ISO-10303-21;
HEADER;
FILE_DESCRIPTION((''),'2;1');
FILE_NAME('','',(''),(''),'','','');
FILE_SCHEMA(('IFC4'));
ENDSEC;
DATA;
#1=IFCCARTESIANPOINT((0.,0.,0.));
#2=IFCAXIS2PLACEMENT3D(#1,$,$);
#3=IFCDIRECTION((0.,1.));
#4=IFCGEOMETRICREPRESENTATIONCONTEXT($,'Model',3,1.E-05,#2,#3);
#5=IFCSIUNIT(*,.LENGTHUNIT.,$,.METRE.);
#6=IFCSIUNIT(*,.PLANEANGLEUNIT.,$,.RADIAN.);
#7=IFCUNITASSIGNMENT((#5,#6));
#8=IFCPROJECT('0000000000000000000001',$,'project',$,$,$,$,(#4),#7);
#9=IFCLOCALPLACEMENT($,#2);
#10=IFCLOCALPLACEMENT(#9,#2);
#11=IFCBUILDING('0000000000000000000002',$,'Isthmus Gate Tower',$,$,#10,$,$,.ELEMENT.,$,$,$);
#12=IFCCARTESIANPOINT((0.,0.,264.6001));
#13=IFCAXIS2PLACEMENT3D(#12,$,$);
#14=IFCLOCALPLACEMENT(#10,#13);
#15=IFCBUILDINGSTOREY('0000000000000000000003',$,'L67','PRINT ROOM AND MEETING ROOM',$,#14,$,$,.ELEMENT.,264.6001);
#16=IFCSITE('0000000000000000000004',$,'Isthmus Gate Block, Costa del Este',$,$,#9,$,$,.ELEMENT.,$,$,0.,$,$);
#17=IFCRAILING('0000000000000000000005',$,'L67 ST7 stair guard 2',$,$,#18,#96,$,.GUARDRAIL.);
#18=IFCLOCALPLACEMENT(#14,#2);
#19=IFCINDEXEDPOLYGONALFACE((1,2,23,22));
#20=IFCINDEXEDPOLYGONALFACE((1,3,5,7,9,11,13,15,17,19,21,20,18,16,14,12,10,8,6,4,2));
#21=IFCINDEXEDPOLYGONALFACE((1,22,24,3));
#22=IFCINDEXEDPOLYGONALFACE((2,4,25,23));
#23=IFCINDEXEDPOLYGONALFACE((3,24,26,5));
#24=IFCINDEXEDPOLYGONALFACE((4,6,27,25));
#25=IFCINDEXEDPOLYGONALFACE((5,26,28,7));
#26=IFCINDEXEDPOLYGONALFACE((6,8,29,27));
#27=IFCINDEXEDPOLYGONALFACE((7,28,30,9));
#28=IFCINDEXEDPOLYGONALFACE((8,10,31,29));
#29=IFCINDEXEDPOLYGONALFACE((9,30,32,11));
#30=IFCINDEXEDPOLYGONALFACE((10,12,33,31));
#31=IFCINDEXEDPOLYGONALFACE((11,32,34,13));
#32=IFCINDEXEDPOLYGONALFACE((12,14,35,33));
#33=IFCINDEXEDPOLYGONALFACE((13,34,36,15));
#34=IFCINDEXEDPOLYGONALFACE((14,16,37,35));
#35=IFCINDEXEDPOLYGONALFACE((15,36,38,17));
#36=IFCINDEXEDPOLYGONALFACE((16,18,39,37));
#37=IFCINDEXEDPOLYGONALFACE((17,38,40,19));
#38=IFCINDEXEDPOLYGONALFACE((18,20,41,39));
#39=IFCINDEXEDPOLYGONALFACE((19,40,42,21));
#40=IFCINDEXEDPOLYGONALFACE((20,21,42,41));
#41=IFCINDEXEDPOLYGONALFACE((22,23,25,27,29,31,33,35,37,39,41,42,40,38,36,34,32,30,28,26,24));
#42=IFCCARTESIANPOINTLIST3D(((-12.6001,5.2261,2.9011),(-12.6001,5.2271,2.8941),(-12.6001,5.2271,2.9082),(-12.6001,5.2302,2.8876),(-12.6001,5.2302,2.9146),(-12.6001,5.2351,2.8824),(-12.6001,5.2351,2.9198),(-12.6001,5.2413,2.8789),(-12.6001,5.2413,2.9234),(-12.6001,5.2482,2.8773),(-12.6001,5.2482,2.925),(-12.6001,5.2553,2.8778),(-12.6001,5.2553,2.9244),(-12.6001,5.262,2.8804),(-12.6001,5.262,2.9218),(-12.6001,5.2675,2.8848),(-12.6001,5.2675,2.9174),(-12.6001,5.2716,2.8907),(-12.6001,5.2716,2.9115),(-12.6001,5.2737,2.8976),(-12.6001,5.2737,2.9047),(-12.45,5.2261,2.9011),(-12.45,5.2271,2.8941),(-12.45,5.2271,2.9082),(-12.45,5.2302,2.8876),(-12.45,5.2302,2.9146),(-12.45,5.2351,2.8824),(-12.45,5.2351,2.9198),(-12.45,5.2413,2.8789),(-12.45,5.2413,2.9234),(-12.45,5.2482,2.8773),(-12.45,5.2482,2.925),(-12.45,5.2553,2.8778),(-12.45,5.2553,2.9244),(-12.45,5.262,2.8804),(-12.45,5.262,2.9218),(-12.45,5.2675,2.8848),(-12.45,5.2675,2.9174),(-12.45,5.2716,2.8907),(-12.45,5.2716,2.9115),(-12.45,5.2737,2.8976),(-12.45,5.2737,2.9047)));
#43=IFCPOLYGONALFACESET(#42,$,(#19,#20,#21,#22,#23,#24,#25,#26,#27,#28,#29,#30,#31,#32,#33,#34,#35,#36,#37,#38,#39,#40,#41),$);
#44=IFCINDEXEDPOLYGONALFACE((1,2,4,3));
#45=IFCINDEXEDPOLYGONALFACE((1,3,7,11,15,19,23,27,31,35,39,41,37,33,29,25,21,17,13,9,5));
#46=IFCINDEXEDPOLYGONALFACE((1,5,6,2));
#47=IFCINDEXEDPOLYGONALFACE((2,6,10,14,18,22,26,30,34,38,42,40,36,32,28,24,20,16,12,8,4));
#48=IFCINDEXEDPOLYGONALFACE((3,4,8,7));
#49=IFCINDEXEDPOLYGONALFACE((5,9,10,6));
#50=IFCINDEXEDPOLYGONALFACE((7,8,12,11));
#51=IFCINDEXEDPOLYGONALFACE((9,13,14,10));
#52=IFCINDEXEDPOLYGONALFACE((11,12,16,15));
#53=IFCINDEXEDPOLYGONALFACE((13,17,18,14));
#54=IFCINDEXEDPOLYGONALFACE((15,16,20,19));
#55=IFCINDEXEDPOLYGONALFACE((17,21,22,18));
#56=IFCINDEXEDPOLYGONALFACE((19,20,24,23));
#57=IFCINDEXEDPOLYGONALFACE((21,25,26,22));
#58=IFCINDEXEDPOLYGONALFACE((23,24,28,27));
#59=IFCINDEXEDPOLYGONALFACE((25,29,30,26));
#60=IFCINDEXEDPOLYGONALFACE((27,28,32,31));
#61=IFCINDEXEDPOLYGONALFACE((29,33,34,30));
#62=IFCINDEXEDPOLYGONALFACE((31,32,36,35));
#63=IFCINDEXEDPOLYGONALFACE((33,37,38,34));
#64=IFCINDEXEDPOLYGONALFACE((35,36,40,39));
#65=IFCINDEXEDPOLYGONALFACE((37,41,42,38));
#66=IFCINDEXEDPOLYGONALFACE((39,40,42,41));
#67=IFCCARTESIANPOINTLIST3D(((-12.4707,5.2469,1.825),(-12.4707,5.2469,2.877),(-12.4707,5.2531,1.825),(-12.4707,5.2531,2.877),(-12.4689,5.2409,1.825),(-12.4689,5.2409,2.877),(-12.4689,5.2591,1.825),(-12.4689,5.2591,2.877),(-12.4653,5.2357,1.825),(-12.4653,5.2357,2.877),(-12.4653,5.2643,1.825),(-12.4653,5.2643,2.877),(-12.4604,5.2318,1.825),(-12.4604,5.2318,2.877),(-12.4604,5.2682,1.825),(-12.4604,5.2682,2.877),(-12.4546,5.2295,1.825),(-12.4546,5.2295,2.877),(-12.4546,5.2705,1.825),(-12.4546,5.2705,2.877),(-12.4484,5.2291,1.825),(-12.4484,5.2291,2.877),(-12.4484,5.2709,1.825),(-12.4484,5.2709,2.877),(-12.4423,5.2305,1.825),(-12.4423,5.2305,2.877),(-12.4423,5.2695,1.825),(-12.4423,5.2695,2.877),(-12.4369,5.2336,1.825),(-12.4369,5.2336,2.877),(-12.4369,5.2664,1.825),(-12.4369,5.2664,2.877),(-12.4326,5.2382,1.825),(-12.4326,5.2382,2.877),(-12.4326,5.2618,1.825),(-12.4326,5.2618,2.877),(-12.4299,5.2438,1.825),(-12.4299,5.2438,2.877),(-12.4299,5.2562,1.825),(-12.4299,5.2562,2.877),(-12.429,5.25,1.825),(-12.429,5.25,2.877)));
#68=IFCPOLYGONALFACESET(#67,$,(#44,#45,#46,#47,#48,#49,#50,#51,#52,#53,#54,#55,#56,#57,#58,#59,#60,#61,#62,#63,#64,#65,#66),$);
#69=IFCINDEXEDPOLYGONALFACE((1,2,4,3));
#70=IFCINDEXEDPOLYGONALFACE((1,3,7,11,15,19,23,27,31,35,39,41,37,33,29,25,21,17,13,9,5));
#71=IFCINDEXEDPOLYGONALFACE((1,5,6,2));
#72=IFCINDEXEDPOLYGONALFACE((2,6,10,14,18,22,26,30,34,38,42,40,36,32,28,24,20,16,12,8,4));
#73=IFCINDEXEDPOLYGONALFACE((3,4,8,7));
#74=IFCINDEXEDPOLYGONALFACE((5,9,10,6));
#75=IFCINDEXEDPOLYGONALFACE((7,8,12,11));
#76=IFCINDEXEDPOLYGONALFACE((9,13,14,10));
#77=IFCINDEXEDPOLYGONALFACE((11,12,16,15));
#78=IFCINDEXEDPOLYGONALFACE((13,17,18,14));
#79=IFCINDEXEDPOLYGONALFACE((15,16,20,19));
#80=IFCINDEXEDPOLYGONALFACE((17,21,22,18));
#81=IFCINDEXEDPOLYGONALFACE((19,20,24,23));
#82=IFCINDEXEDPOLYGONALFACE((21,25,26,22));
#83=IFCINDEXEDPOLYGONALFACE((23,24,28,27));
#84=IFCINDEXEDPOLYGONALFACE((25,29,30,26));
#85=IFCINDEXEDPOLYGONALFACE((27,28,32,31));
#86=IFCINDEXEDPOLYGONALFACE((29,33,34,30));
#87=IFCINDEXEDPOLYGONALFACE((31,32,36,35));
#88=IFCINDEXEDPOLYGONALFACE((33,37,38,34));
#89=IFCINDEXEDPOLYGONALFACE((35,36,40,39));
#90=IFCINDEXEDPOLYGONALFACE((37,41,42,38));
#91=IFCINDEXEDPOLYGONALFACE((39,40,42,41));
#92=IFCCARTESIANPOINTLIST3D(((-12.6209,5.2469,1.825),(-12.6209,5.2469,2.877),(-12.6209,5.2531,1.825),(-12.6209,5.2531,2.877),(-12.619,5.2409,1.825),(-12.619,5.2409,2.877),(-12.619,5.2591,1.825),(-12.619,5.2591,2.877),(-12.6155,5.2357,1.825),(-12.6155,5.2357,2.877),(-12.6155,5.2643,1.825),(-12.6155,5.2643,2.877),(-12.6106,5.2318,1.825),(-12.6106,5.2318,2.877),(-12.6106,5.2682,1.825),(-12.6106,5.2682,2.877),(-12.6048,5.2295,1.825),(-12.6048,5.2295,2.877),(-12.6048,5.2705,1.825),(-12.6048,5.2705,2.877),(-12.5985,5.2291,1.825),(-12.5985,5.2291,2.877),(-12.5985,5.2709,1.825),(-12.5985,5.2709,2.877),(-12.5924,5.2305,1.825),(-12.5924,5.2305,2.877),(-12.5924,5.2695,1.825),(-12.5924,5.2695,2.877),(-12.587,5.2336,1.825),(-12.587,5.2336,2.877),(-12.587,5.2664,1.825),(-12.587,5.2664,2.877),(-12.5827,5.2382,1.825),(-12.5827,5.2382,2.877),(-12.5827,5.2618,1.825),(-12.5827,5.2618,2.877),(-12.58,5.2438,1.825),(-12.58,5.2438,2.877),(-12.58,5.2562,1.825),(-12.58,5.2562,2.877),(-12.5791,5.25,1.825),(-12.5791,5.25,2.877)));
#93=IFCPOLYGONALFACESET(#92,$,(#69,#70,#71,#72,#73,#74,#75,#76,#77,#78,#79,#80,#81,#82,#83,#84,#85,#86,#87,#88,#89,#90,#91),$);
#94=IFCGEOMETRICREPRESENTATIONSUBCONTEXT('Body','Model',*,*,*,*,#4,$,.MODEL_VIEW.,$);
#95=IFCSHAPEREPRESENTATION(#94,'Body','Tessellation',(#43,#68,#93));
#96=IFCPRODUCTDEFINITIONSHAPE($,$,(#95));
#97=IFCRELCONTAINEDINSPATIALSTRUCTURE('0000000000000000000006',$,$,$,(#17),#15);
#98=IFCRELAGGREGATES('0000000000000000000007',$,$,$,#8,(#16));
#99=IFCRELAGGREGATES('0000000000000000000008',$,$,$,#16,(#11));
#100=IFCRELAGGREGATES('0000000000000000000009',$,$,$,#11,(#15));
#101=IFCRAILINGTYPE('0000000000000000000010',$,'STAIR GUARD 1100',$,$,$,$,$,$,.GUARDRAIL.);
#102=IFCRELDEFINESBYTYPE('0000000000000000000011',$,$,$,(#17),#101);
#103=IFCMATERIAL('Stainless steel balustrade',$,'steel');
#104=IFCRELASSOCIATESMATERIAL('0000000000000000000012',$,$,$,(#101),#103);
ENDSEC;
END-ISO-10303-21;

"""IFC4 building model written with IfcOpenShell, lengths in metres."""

from ifc_helpers import new_model, si_unit, direction, frame, origin, origin_2d, place, context, subcontext, project, spatial, circle, extrude, material, type_object, element, save


model = new_model("IFC4")

# Units and contexts
model_context = context("Model", 3, precision=1e-05, world=origin(), true_north=direction((0.0, 1.0)))
body_context = subcontext(model_context, "Body", "Model", "MODEL_VIEW")
ifc_project = project(units=[si_unit("LENGTHUNIT", "METRE"), si_unit("PLANEANGLEUNIT", "RADIAN")], contexts=[model_context])

# Site, building, storey
site_placement = place(None, origin())
site = spatial("IfcSite", under=ifc_project, at=site_placement, Name="Isthmus Gate Block, Costa del Este", CompositionType="ELEMENT", RefElevation=0.0)
building_placement = place(site_placement, origin())
building = spatial("IfcBuilding", under=site, at=building_placement, Name="Isthmus Gate Tower", CompositionType="ELEMENT")
storey_placement = place(building_placement, frame((0.0, 0.0, 264.6001)))
storey = spatial("IfcBuildingStorey", under=building, at=storey_placement, Name="L67", Description="PRINT ROOM AND MEETING ROOM", CompositionType="ELEMENT", Elevation=264.6001)

# Railing
ifc_material_1 = material(Name="Stainless steel balustrade", Category="steel")
railing_type_1 = type_object("IfcRailingType", Name="STAIR GUARD 1100", PredefinedType="GUARDRAIL", material=ifc_material_1)
railing_1_placement = place(storey_placement, frame((-12.45, 5.25, 1.825)))
element("IfcRailing", 1, at=railing_1_placement, inside=storey, type_object=railing_type_1, Name="L67 ST7 stair guard 2", PredefinedType="GUARDRAIL", context=body_context, shape_type="SweptSolid", body=[
    extrude(circle(Radius=0.0239, at=origin_2d()), frame((0.0, 0.0, 1.0762), z_axis=(-1.0, 0.0, 0.0), x_axis=(0.0, -1.0, 0.0)), (0.0, 0.0, 1.0), 0.1501),
    extrude(circle(Radius=0.021, at=origin_2d()), origin(), (0.0, 0.0, 1.0), 1.052),
    extrude(circle(Radius=0.021, at=origin_2d()), frame((-0.1501, 0.0, 0.0)), (0.0, 0.0, 1.0), 1.052),
])

save(model, "model.ifc")
